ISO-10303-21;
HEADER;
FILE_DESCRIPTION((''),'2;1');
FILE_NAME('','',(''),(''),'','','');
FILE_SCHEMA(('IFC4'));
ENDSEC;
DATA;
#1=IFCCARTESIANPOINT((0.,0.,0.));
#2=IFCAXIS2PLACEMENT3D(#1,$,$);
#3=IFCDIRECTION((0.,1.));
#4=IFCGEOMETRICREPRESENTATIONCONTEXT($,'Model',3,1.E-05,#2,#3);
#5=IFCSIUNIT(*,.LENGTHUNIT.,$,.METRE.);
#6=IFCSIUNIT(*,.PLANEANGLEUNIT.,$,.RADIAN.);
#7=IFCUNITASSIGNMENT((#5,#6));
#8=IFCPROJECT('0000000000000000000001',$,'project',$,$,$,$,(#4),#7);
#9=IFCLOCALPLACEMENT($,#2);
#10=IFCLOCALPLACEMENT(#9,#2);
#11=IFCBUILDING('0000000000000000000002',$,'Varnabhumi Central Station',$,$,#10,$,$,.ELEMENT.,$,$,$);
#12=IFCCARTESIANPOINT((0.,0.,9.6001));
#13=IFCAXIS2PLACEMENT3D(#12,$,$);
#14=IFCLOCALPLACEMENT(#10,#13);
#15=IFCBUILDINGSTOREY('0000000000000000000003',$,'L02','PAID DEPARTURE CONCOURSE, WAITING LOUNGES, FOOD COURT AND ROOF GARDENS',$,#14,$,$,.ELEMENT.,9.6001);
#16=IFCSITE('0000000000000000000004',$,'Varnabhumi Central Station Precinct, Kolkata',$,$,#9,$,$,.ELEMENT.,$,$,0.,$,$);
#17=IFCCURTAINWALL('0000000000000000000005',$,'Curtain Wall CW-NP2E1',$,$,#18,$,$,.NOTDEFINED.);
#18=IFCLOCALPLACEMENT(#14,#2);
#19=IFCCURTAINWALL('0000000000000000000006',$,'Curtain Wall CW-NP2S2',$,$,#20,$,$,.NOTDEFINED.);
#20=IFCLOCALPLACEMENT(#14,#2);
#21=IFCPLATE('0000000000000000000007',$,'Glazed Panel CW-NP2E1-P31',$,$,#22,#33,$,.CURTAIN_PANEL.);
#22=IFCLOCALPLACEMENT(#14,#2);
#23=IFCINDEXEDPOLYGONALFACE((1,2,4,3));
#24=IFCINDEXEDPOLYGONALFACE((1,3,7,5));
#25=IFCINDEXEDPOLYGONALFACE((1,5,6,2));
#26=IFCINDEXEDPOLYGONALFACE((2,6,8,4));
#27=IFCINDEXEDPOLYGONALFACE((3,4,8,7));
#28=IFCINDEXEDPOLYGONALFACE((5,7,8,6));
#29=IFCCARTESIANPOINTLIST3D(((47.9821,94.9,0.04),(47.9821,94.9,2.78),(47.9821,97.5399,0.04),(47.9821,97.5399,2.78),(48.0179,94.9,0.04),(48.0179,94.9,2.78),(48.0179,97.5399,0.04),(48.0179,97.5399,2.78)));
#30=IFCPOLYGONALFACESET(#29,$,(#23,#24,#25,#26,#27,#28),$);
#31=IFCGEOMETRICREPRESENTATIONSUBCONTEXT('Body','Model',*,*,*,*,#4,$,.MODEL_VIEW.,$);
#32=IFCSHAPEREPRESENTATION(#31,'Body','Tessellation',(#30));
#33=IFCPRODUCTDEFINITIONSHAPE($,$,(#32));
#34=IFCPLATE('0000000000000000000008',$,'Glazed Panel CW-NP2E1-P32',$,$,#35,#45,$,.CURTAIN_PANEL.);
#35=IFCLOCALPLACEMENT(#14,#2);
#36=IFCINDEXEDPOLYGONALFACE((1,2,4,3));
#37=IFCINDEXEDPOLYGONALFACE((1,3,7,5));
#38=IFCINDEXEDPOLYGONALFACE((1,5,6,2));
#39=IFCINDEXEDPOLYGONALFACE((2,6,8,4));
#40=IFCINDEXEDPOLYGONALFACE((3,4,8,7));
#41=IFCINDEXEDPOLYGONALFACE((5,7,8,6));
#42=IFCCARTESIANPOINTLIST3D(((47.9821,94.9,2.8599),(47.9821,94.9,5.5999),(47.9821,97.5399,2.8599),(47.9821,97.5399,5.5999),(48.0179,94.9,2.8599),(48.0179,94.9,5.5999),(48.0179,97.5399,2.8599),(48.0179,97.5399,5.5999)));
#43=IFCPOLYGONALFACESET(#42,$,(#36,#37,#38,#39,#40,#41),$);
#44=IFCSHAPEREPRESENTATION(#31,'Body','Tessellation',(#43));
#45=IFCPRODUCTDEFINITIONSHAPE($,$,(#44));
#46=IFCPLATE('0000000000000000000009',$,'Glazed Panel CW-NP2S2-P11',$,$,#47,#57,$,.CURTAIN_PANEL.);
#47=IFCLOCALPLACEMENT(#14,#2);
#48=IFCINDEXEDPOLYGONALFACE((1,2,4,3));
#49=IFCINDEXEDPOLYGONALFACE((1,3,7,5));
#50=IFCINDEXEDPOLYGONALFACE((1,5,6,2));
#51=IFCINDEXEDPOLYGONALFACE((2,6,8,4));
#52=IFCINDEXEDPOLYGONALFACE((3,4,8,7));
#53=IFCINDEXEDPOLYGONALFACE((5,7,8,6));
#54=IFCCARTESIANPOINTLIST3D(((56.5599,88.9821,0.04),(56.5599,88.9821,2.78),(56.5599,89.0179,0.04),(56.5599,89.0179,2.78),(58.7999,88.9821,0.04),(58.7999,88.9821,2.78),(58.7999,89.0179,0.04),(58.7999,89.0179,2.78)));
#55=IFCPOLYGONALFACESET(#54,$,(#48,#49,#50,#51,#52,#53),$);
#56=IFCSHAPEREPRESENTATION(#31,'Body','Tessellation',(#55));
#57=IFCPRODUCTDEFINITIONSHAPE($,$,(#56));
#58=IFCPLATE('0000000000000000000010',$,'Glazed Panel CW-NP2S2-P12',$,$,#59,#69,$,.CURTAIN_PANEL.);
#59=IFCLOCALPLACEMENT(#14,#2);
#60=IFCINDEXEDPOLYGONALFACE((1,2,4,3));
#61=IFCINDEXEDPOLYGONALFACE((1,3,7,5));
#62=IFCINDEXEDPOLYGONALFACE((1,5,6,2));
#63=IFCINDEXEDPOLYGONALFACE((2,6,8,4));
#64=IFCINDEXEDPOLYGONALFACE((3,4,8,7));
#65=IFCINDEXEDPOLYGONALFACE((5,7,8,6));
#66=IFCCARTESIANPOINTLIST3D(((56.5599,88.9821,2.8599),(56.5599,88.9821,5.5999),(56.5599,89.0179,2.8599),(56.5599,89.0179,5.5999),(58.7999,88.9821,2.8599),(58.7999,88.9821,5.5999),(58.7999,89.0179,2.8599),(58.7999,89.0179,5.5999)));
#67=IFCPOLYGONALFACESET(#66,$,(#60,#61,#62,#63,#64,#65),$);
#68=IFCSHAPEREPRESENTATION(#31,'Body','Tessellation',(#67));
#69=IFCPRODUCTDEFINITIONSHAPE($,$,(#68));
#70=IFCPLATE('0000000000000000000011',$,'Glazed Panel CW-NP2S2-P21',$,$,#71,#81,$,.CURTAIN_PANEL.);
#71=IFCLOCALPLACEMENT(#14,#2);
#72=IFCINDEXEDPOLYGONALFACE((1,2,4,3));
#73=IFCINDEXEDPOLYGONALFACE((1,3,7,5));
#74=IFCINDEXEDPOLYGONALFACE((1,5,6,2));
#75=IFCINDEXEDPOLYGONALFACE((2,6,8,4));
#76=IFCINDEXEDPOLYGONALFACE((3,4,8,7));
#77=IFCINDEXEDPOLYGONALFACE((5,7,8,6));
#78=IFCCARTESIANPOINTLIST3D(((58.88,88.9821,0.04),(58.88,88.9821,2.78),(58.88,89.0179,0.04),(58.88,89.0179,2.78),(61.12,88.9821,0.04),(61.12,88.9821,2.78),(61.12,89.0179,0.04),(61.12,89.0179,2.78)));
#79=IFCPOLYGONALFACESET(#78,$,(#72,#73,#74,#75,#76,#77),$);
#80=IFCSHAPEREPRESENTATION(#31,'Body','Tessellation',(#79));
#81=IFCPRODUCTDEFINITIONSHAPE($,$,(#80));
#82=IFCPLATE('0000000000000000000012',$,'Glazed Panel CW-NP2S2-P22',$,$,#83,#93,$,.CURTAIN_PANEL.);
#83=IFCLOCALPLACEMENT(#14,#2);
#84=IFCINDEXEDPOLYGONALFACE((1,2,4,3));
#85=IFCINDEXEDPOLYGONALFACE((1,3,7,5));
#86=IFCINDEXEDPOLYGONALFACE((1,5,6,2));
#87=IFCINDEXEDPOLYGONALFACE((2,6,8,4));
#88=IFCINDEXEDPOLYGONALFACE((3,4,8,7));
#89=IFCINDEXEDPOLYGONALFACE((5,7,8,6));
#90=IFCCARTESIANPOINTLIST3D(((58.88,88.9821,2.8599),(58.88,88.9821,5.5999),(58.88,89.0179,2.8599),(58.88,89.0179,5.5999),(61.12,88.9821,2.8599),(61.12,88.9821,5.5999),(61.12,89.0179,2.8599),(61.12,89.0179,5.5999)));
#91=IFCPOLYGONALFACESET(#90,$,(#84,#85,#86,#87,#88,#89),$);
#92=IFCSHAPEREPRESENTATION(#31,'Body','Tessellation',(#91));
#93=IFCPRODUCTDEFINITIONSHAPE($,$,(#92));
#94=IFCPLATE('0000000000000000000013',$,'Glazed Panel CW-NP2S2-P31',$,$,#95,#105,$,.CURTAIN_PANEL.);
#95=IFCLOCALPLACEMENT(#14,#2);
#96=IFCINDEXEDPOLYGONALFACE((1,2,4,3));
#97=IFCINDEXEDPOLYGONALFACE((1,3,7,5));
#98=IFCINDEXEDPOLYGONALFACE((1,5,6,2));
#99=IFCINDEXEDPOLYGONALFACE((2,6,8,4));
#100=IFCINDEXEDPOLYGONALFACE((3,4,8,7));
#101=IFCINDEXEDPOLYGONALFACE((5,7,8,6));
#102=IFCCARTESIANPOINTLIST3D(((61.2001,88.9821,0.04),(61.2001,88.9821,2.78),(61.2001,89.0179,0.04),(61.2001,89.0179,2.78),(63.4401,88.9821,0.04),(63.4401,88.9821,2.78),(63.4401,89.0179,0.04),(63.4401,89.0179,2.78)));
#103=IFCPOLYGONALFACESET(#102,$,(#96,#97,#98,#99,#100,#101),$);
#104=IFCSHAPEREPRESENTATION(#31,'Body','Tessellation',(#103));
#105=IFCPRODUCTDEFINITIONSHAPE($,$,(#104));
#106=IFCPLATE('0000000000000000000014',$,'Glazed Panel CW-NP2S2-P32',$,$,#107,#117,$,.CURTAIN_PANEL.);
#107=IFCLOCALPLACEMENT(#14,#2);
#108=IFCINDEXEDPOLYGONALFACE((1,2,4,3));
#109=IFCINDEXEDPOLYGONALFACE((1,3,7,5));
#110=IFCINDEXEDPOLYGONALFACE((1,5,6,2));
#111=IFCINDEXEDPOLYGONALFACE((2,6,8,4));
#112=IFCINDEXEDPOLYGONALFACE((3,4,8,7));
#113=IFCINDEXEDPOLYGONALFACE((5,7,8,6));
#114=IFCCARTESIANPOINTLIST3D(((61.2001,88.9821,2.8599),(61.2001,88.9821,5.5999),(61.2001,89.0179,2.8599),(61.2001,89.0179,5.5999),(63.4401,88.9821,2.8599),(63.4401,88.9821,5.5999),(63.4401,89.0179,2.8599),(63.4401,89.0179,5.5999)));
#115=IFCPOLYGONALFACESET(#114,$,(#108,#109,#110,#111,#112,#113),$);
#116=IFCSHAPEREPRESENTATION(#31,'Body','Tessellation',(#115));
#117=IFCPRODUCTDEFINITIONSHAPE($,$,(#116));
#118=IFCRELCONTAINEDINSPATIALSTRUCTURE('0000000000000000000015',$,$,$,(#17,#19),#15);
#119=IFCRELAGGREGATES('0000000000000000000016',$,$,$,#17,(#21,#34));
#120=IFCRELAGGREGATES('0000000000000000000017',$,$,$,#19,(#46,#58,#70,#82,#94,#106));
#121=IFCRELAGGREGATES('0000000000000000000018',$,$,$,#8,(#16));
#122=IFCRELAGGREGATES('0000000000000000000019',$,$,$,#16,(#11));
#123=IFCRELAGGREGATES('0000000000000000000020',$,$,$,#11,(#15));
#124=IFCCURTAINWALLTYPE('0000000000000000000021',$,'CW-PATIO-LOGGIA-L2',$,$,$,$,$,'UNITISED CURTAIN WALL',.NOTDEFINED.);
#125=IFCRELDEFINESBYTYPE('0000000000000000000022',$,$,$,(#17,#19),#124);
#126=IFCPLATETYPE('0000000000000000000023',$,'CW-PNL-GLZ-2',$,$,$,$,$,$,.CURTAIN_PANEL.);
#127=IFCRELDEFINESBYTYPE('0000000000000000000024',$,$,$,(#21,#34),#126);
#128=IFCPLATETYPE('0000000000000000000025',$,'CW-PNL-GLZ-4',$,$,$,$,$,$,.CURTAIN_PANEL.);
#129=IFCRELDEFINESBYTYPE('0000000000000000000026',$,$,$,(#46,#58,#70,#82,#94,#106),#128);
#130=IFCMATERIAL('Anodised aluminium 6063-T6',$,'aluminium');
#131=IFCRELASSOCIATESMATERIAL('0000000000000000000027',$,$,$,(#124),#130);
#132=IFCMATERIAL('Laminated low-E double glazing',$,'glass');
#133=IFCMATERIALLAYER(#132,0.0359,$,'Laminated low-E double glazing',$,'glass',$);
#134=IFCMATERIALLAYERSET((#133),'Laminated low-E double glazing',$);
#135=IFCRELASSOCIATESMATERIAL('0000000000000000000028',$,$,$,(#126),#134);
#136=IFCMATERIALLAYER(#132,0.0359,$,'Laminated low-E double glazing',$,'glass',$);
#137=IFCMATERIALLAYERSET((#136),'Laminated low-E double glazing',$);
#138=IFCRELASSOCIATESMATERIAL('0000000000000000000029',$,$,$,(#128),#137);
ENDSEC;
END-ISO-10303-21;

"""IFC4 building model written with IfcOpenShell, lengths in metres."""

from ifc_helpers import new_model, si_unit, direction, frame, origin, origin_2d, place, context, subcontext, project, spatial, rectangle, extrude, material, layer, layer_set, type_object, element, aggregate, save


model = new_model("IFC4")

# Units and contexts
model_context = context("Model", 3, precision=1e-05, world=origin(), true_north=direction((0.0, 1.0)))
body_context = subcontext(model_context, "Body", "Model", "MODEL_VIEW")
ifc_project = project(units=[si_unit("LENGTHUNIT", "METRE"), si_unit("PLANEANGLEUNIT", "RADIAN")], contexts=[model_context])

# Site, building, storey
site_placement = place(None, origin())
site = spatial("IfcSite", under=ifc_project, at=site_placement, Name="Varnabhumi Central Station Precinct, Kolkata", CompositionType="ELEMENT", RefElevation=0.0)
building_placement = place(site_placement, origin())
building = spatial("IfcBuilding", under=site, at=building_placement, Name="Varnabhumi Central Station", CompositionType="ELEMENT")
storey_placement = place(building_placement, frame((0.0, 0.0, 9.6001)))
storey = spatial("IfcBuildingStorey", under=building, at=storey_placement, Name="L02", Description="PAID DEPARTURE CONCOURSE, WAITING LOUNGES, FOOD COURT AND ROOF GARDENS", CompositionType="ELEMENT", Elevation=9.6001)

# Curtain walls
ifc_material_1 = material(Name="Anodised aluminium 6063-T6", Category="aluminium")
curtain_wall_type = type_object("IfcCurtainWallType", Name="CW-PATIO-LOGGIA-L2", ElementType="UNITISED CURTAIN WALL", PredefinedType="NOTDEFINED", material=ifc_material_1)
curtain_wall_1_placement = place(storey_placement, origin())
curtain_wall_1 = element("IfcCurtainWall", 1, at=curtain_wall_1_placement, inside=storey, type_object=curtain_wall_type, Name="Curtain Wall CW-NP2E1", PredefinedType="NOTDEFINED")
curtain_wall_2_placement = place(storey_placement, origin())
curtain_wall_2 = element("IfcCurtainWall", 2, at=curtain_wall_2_placement, inside=storey, type_object=curtain_wall_type, Name="Curtain Wall CW-NP2S2", PredefinedType="NOTDEFINED")

# Plates
ifc_material_2 = material(Name="Laminated low-E double glazing", Category="glass")
ifc_layer_1 = layer(ifc_material_2, 0.0359, Name="Laminated low-E double glazing", Category="glass")
ifc_layer_set_1 = layer_set([ifc_layer_1], Name="Laminated low-E double glazing")
plate_type_1 = type_object("IfcPlateType", Name="CW-PNL-GLZ-2", PredefinedType="CURTAIN_PANEL", material=ifc_layer_set_1)
plate_1_placement = place(storey_placement, frame((48.0, 96.22, 0.04), z_axis=(0.0, 0.0, 1.0), x_axis=(0.0, 1.0, 0.0)))
plate_1 = element("IfcPlate", 3, at=plate_1_placement, type_object=plate_type_1, Name="Glazed Panel CW-NP2E1-P31", PredefinedType="CURTAIN_PANEL", context=body_context, shape_type="SweptSolid", body=[
    extrude(rectangle(XDim=2.6399, YDim=0.0359, at=origin_2d()), origin(), (0.0, 0.0, 1.0), 2.74),
])
plate_2_placement = place(storey_placement, frame((48.0, 96.22, 2.8599), z_axis=(0.0, 0.0, 1.0), x_axis=(0.0, 1.0, 0.0)))
plate_2 = element("IfcPlate", 4, at=plate_2_placement, type_object=plate_type_1, Name="Glazed Panel CW-NP2E1-P32", PredefinedType="CURTAIN_PANEL", context=body_context, shape_type="SweptSolid", body=[
    extrude(rectangle(XDim=2.6399, YDim=0.0359, at=origin_2d()), origin(), (0.0, 0.0, 1.0), 2.74),
])
aggregate(curtain_wall_1, [plate_1, plate_2])
ifc_layer_2 = layer(ifc_material_2, 0.0359, Name="Laminated low-E double glazing", Category="glass")
ifc_layer_set_2 = layer_set([ifc_layer_2], Name="Laminated low-E double glazing")
plate_type_2 = type_object("IfcPlateType", Name="CW-PNL-GLZ-4", PredefinedType="CURTAIN_PANEL", material=ifc_layer_set_2)
plate_3_placement = place(storey_placement, frame((57.6799, 89.0, 0.04), z_axis=(0.0, 0.0, 1.0), x_axis=(1.0, 0.0, 0.0)))
plate_3 = element("IfcPlate", 5, at=plate_3_placement, type_object=plate_type_2, Name="Glazed Panel CW-NP2S2-P11", PredefinedType="CURTAIN_PANEL", context=body_context, shape_type="SweptSolid", body=[
    extrude(rectangle(XDim=2.24, YDim=0.0359, at=origin_2d()), origin(), (0.0, 0.0, 1.0), 2.74),
])
plate_4_placement = place(storey_placement, frame((57.6799, 89.0, 2.8599), z_axis=(0.0, 0.0, 1.0), x_axis=(1.0, 0.0, 0.0)))
plate_4 = element("IfcPlate", 6, at=plate_4_placement, type_object=plate_type_2, Name="Glazed Panel CW-NP2S2-P12", PredefinedType="CURTAIN_PANEL", context=body_context, shape_type="SweptSolid", body=[
    extrude(rectangle(XDim=2.24, YDim=0.0359, at=origin_2d()), origin(), (0.0, 0.0, 1.0), 2.74),
])
plate_5_placement = place(storey_placement, frame((60.0, 89.0, 0.04), z_axis=(0.0, 0.0, 1.0), x_axis=(1.0, 0.0, 0.0)))
plate_5 = element("IfcPlate", 7, at=plate_5_placement, type_object=plate_type_2, Name="Glazed Panel CW-NP2S2-P21", PredefinedType="CURTAIN_PANEL", context=body_context, shape_type="SweptSolid", body=[
    extrude(rectangle(XDim=2.24, YDim=0.0359, at=origin_2d()), origin(), (0.0, 0.0, 1.0), 2.74),
])
plate_6_placement = place(storey_placement, frame((60.0, 89.0, 2.8599), z_axis=(0.0, 0.0, 1.0), x_axis=(1.0, 0.0, 0.0)))
plate_6 = element("IfcPlate", 8, at=plate_6_placement, type_object=plate_type_2, Name="Glazed Panel CW-NP2S2-P22", PredefinedType="CURTAIN_PANEL", context=body_context, shape_type="SweptSolid", body=[
    extrude(rectangle(XDim=2.24, YDim=0.0359, at=origin_2d()), origin(), (0.0, 0.0, 1.0), 2.74),
])
plate_7_placement = place(storey_placement, frame((62.3201, 89.0, 0.04), z_axis=(0.0, 0.0, 1.0), x_axis=(1.0, 0.0, 0.0)))
plate_7 = element("IfcPlate", 9, at=plate_7_placement, type_object=plate_type_2, Name="Glazed Panel CW-NP2S2-P31", PredefinedType="CURTAIN_PANEL", context=body_context, shape_type="SweptSolid", body=[
    extrude(rectangle(XDim=2.24, YDim=0.0359, at=origin_2d()), origin(), (0.0, 0.0, 1.0), 2.74),
])
plate_8_placement = place(storey_placement, frame((62.3201, 89.0, 2.8599), z_axis=(0.0, 0.0, 1.0), x_axis=(1.0, 0.0, 0.0)))
plate_8 = element("IfcPlate", 10, at=plate_8_placement, type_object=plate_type_2, Name="Glazed Panel CW-NP2S2-P32", PredefinedType="CURTAIN_PANEL", context=body_context, shape_type="SweptSolid", body=[
    extrude(rectangle(XDim=2.24, YDim=0.0359, at=origin_2d()), origin(), (0.0, 0.0, 1.0), 2.74),
])
aggregate(curtain_wall_2, [plate_3, plate_4, plate_5, plate_6, plate_7, plate_8])

save(model, "model.ifc")
